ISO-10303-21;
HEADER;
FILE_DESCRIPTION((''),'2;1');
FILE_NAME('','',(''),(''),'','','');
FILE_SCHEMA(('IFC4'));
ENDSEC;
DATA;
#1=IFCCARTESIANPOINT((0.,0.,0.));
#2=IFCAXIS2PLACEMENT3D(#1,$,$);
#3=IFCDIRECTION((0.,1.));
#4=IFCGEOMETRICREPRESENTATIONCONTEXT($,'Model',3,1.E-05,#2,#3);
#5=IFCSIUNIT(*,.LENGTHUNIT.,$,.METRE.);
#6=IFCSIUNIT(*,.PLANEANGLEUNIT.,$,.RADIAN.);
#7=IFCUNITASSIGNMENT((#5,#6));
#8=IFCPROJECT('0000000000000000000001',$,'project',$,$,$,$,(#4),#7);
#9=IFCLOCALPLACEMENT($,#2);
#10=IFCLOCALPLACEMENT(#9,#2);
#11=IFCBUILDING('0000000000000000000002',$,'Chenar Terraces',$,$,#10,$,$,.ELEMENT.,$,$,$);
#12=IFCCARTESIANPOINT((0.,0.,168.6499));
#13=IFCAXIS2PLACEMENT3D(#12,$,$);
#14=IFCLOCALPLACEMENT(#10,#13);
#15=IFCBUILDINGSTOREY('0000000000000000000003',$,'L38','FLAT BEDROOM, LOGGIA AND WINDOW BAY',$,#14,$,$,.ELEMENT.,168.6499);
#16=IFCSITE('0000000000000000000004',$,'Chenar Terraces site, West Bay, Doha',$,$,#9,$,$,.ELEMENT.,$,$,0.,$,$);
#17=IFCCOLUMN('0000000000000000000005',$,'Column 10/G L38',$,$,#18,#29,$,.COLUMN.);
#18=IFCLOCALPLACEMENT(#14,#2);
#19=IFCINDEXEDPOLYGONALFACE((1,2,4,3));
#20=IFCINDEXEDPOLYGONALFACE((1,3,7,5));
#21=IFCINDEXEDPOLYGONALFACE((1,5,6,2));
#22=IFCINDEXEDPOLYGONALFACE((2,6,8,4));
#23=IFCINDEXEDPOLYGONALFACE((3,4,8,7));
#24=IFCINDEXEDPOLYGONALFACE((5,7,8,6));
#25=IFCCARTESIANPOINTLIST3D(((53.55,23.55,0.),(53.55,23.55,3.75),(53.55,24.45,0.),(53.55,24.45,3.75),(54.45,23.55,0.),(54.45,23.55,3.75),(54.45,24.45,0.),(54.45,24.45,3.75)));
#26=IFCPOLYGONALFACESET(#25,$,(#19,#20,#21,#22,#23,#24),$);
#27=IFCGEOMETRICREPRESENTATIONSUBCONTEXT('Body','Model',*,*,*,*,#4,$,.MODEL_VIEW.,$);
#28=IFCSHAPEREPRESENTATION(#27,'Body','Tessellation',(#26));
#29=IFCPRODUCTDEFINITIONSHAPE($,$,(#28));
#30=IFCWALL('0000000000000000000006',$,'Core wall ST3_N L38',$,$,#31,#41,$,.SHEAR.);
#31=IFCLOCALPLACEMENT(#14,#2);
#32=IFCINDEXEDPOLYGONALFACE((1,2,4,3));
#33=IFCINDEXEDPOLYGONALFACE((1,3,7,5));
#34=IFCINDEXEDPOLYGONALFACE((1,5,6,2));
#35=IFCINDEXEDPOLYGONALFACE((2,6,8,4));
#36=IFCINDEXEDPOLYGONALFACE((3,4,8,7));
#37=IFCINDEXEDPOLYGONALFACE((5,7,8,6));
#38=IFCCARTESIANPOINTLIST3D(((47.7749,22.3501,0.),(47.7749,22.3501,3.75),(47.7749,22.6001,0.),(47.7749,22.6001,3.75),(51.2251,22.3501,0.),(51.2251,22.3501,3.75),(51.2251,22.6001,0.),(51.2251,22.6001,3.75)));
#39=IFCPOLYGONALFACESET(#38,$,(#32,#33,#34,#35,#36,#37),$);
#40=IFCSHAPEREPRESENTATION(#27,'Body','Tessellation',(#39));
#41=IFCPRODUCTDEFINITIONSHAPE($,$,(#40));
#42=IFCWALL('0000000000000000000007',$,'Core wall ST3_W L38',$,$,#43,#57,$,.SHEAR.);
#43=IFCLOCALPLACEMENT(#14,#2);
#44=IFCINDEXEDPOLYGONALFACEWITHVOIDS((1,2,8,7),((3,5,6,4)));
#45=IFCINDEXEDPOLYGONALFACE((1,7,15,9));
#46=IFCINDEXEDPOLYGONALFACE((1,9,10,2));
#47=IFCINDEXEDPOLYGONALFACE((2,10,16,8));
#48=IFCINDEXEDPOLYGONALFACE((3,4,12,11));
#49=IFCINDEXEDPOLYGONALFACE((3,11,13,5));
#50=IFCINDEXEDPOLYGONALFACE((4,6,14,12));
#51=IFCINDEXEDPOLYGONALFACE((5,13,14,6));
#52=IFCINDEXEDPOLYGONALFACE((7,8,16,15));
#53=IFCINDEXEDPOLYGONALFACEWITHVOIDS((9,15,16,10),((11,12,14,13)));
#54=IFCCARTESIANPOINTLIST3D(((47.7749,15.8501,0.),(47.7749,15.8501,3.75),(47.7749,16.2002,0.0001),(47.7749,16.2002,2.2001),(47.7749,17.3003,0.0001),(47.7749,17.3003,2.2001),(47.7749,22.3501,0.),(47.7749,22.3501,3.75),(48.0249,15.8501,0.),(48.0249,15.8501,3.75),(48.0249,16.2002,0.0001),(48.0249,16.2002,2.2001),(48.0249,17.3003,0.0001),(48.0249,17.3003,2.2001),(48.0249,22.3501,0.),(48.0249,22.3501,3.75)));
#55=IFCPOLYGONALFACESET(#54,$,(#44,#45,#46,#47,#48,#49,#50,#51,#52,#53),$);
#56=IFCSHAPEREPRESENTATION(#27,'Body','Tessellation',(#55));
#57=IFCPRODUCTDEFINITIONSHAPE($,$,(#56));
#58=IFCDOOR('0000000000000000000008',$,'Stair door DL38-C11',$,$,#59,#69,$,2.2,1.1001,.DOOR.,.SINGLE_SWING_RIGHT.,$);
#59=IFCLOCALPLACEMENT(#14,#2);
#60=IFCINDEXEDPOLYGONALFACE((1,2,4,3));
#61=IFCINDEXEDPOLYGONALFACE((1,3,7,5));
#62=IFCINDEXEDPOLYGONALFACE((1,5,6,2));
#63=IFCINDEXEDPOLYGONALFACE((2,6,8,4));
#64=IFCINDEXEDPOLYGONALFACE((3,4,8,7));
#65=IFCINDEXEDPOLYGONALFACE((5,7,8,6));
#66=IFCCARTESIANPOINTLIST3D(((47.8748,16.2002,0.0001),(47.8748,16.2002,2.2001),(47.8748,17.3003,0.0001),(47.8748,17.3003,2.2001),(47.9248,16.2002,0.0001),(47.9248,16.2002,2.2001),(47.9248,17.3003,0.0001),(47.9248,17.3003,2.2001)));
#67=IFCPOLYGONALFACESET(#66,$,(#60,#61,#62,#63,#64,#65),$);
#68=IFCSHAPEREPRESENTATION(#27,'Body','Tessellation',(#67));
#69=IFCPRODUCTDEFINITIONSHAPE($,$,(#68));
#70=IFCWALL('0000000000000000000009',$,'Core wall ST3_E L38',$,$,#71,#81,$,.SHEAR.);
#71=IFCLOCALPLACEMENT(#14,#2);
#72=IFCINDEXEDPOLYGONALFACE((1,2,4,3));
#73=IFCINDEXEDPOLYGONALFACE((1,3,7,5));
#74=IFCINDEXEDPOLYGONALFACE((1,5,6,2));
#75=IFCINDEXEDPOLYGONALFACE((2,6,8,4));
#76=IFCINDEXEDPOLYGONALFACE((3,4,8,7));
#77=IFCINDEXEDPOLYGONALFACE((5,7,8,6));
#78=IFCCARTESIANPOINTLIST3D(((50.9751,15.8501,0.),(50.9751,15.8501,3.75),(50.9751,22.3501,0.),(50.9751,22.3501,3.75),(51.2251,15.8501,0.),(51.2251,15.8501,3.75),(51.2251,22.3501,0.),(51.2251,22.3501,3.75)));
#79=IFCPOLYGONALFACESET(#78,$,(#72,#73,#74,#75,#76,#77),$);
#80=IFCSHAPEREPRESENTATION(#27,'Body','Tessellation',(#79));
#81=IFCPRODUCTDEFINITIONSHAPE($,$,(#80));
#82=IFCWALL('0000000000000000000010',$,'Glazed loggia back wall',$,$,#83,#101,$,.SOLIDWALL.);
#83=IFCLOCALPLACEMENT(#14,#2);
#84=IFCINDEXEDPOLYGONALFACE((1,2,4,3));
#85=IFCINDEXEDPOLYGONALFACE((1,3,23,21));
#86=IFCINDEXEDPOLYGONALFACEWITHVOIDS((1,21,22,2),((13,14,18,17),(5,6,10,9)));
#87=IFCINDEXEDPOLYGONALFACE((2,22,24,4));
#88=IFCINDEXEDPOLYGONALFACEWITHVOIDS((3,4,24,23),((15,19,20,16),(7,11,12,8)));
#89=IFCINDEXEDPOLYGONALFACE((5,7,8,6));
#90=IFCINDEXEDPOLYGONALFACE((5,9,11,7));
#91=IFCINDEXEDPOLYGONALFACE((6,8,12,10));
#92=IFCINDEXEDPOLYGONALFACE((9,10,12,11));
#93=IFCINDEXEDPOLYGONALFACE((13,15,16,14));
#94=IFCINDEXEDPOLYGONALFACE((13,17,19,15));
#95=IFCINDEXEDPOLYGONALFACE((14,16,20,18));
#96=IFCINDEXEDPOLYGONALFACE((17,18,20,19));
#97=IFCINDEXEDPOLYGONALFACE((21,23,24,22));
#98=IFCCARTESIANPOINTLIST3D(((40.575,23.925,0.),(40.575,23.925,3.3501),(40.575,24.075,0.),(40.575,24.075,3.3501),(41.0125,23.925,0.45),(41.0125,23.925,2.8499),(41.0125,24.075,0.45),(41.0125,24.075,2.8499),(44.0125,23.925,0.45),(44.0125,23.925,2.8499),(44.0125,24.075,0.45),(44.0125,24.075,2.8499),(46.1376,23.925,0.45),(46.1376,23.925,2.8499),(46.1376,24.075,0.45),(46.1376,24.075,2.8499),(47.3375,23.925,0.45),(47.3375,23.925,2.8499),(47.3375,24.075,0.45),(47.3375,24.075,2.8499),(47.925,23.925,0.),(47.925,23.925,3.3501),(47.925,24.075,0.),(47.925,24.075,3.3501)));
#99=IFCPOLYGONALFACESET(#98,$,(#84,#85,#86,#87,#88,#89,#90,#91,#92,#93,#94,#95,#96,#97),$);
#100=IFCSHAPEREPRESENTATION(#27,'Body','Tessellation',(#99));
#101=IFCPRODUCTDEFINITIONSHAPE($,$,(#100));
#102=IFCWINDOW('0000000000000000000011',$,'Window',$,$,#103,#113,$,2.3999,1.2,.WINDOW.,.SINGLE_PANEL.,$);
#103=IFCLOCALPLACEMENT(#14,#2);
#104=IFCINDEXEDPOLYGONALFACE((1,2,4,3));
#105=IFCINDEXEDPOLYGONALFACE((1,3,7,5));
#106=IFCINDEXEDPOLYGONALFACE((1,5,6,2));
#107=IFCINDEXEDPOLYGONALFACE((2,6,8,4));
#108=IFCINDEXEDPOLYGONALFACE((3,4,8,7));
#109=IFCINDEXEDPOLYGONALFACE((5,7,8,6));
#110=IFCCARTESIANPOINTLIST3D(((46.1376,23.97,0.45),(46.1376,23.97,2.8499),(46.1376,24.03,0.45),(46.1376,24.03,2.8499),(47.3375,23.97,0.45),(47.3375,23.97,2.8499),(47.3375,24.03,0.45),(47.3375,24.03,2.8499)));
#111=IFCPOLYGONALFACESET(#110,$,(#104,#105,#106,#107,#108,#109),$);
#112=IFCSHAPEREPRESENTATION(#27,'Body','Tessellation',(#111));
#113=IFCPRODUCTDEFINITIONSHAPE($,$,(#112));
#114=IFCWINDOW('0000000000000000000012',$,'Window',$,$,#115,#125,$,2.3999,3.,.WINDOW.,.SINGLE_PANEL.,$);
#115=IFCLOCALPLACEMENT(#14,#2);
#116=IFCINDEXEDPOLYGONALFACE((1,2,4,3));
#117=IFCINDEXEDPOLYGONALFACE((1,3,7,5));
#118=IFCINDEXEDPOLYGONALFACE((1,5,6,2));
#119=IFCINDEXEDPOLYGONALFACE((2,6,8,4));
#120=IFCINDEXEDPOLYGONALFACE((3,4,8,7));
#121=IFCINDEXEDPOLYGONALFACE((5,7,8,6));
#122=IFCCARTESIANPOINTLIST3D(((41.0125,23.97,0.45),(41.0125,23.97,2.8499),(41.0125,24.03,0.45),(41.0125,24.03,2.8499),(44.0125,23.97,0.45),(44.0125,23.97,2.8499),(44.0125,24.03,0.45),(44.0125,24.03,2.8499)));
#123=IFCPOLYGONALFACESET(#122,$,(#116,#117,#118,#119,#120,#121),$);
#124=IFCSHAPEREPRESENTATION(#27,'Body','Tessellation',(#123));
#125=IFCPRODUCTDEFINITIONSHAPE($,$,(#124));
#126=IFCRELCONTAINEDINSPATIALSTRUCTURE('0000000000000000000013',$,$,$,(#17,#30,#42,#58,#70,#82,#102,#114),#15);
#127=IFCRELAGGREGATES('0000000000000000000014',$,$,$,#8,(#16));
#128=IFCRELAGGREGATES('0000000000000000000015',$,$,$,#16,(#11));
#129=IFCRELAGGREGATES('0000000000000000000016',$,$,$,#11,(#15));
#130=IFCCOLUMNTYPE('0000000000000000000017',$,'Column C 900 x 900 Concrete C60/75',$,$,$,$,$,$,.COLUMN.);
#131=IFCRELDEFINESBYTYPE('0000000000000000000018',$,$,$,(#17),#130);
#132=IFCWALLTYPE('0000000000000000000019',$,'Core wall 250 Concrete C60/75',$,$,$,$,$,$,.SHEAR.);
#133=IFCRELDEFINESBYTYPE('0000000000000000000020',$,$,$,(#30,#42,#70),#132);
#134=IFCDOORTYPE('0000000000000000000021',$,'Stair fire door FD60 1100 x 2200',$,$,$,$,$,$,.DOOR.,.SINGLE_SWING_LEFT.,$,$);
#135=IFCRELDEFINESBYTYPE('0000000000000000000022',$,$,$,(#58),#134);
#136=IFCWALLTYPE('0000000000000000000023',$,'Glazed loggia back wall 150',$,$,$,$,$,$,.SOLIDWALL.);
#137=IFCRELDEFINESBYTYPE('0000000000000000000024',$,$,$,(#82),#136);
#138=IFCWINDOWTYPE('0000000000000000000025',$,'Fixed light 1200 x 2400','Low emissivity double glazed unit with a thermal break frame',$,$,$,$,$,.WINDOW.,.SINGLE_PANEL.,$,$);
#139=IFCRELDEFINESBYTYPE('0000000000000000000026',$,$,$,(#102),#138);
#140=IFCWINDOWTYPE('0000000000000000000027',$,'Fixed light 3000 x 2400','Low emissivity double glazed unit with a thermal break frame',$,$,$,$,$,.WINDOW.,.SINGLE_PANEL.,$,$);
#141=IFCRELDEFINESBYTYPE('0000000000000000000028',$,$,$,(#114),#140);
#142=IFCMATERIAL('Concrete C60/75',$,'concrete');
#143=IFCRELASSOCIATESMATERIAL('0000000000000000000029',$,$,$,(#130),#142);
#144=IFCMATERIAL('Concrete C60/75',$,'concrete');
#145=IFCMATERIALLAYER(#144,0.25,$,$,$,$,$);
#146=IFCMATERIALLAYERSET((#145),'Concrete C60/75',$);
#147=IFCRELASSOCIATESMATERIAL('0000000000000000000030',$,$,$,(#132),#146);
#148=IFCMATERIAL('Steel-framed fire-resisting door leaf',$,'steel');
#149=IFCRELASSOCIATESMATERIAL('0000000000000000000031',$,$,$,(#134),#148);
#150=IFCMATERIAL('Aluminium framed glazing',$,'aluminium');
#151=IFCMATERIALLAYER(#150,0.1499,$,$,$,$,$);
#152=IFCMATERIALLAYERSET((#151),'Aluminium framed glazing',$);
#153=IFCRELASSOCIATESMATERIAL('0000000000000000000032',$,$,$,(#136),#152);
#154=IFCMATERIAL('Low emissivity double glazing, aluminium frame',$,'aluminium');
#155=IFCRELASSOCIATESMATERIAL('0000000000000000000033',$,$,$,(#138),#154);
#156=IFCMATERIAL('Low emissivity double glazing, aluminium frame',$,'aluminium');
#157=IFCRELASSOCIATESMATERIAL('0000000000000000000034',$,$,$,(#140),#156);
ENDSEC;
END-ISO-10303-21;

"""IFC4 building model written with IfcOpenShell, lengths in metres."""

from ifc_helpers import new_model, si_unit, direction, frame, frame_2d, origin, origin_2d, place, context, subcontext, project, spatial, rectangle, extrude, material, layer, layer_set, material_profile, profile_set, type_object, element, fill, save


model = new_model("IFC4")

# Units and contexts
model_context = context("Model", 3, precision=1e-05, world=origin(), true_north=direction((0.0, 1.0)))
body_context = subcontext(model_context, "Body", "Model", "MODEL_VIEW")
ifc_project = project(units=[si_unit("LENGTHUNIT", "METRE"), si_unit("PLANEANGLEUNIT", "RADIAN")], contexts=[model_context])

# Site, building, storey
site_placement = place(None, origin())
site = spatial("IfcSite", under=ifc_project, at=site_placement, Name="Chenar Terraces site, West Bay, Doha", CompositionType="ELEMENT", RefElevation=0.0)
building_placement = place(site_placement, origin())
building = spatial("IfcBuilding", under=site, at=building_placement, Name="Chenar Terraces", CompositionType="ELEMENT")
storey_placement = place(building_placement, frame((0.0, 0.0, 168.6499)))
storey = spatial("IfcBuildingStorey", under=building, at=storey_placement, Name="L38", Description="FLAT BEDROOM, LOGGIA AND WINDOW BAY", CompositionType="ELEMENT", Elevation=168.6499)

# Column
ifc_material_1 = material(Name="Concrete C60/75", Category="concrete")
ifc_material_profile = material_profile(ifc_material_1, rectangle(XDim=0.8999, YDim=0.8999, at=origin_2d()), Name="C 900 x 900")
ifc_profile_set = profile_set([ifc_material_profile], Name="Concrete C60/75")
column_type = type_object("IfcColumnType", Name="Column C 900 x 900 Concrete C60/75", PredefinedType="COLUMN", material=ifc_profile_set)
column_placement = place(storey_placement, frame((54.0, 24.0, 0.0), z_axis=(0.0, 0.0, 1.0), x_axis=(1.0, 0.0, 0.0)))
element("IfcColumn", 1, at=column_placement, inside=storey, type_object=column_type, Name="Column 10/G L38", PredefinedType="COLUMN", context=body_context, shape_type="SweptSolid", body=[
    extrude(rectangle(XDim=0.8999, YDim=0.8999, at=origin_2d()), origin(), (0.0, 0.0, 1.0), 3.75),
])

# Wall
ifc_material_2 = material(Name="Concrete C60/75", Category="concrete")
ifc_layer_1 = layer(ifc_material_2, 0.25)
ifc_layer_set_1 = layer_set([ifc_layer_1], Name="Concrete C60/75")
wall_type_1 = type_object("IfcWallType", Name="Core wall 250 Concrete C60/75", PredefinedType="SHEAR", material=ifc_layer_set_1)
wall_1_placement = place(storey_placement, frame((47.7749, 22.4751, 0.0), z_axis=(0.0, 0.0, 1.0), x_axis=(1.0, 0.0, 0.0)))
element("IfcWall", 2, at=wall_1_placement, inside=storey, type_object=wall_type_1, Name="Core wall ST3_N L38", PredefinedType="SHEAR", context=body_context, shape_type="SweptSolid", body=[
    extrude(rectangle(XDim=3.4502, YDim=0.25, at=frame_2d((1.7251, 0.0))), origin(), (0.0, 0.0, 1.0), 3.75),
])

# Wall, opening, door
wall_2_placement = place(storey_placement, frame((47.8999, 15.8501, 0.0), z_axis=(0.0, 0.0, 1.0), x_axis=(0.0, 1.0, 0.0)))
wall_2 = element("IfcWall", 3, at=wall_2_placement, inside=storey, type_object=wall_type_1, Name="Core wall ST3_W L38", PredefinedType="SHEAR", context=body_context, shape_type="SweptSolid", body=[
    extrude(rectangle(XDim=6.5, YDim=0.25, at=frame_2d((3.25, 0.0))), origin(), (0.0, 0.0, 1.0), 3.75),
])
opening_1_placement = place(wall_2_placement, frame((0.3501, 0.0, 0.0)))
opening_1 = element("IfcOpeningElement", 4, at=opening_1_placement, cuts=wall_2, PredefinedType="OPENING", context=body_context, shape_type="SweptSolid", body=[
    extrude(rectangle(XDim=1.1001, YDim=2.2, at=frame_2d((0.55, 1.1001))), frame((0.0, 0.135, 0.0), z_axis=(0.0, -1.0, 0.0), x_axis=(1.0, 0.0, 0.0)), (0.0, 0.0, 1.0), 0.27),
])
ifc_material_3 = material(Name="Steel-framed fire-resisting door leaf", Category="steel")
door_type_1 = type_object("IfcDoorType", Name="Stair fire door FD60 1100 x 2200", OperationType="SINGLE_SWING_LEFT", PredefinedType="DOOR", material=ifc_material_3)
door_1_placement = place(opening_1_placement, frame((1.1001, 0.0, 0.0), z_axis=(0.0, 0.0, 1.0), x_axis=(-1.0, 0.0, 0.0)))
door_1 = element("IfcDoor", 5, at=door_1_placement, inside=storey, type_object=door_type_1, Name="Stair door DL38-C11", OperationType="SINGLE_SWING_RIGHT", OverallHeight=2.2, OverallWidth=1.1001, PredefinedType="DOOR", context=body_context, shape_type="SweptSolid", body=[
    extrude(rectangle(XDim=1.1001, YDim=2.2, at=frame_2d((0.55, 1.1001))), frame((0.0, 0.0249, 0.0), z_axis=(0.0, -1.0, 0.0), x_axis=(1.0, 0.0, 0.0)), (0.0, 0.0, 1.0), 0.05),
])
fill(opening_1, door_1)

# Wall
wall_3_placement = place(storey_placement, frame((51.1001, 15.8501, 0.0), z_axis=(0.0, 0.0, 1.0), x_axis=(0.0, 1.0, 0.0)))
element("IfcWall", 6, at=wall_3_placement, inside=storey, type_object=wall_type_1, Name="Core wall ST3_E L38", PredefinedType="SHEAR", context=body_context, shape_type="SweptSolid", body=[
    extrude(rectangle(XDim=6.5, YDim=0.25, at=frame_2d((3.25, 0.0))), origin(), (0.0, 0.0, 1.0), 3.75),
])

# Wall, openings, windows
ifc_material_4 = material(Name="Aluminium framed glazing", Category="aluminium")
ifc_layer_2 = layer(ifc_material_4, 0.1499)
ifc_layer_set_2 = layer_set([ifc_layer_2], Name="Aluminium framed glazing")
wall_type_2 = type_object("IfcWallType", Name="Glazed loggia back wall 150", PredefinedType="SOLIDWALL", material=ifc_layer_set_2)
wall_4_placement = place(storey_placement, frame((47.925, 24.0, 0.0), z_axis=(0.0, 0.0, 1.0), x_axis=(-1.0, 0.0, 0.0)))
wall_4 = element("IfcWall", 7, at=wall_4_placement, inside=storey, type_object=wall_type_2, Name="Glazed loggia back wall", PredefinedType="SOLIDWALL", context=body_context, shape_type="SweptSolid", body=[
    extrude(rectangle(XDim=7.3501, YDim=0.1499, at=frame_2d((3.675, 0.0))), origin(), (0.0, 0.0, 1.0), 3.3501),
])
opening_2_placement = place(wall_4_placement, frame((0.5874, 0.0, 0.45)))
opening_2 = element("IfcOpeningElement", 8, at=opening_2_placement, cuts=wall_4, PredefinedType="OPENING", context=body_context, shape_type="SweptSolid", body=[
    extrude(rectangle(XDim=1.2, YDim=2.3999, at=frame_2d((0.6001, 1.2))), frame((0.0, 0.085, 0.0), z_axis=(0.0, -1.0, 0.0), x_axis=(1.0, 0.0, 0.0)), (0.0, 0.0, 1.0), 0.1699),
])
opening_3_placement = place(wall_4_placement, frame((3.9126, 0.0, 0.45)))
opening_3 = element("IfcOpeningElement", 9, at=opening_3_placement, cuts=wall_4, PredefinedType="OPENING", context=body_context, shape_type="SweptSolid", body=[
    extrude(rectangle(XDim=3.0, YDim=2.3999, at=frame_2d((1.5, 1.2))), frame((0.0, 0.085, 0.0), z_axis=(0.0, -1.0, 0.0), x_axis=(1.0, 0.0, 0.0)), (0.0, 0.0, 1.0), 0.1699),
])
ifc_material_5 = material(Name="Low emissivity double glazing, aluminium frame", Category="aluminium")
window_type_1 = type_object("IfcWindowType", Name="Fixed light 1200 x 2400", Description="Low emissivity double glazed unit with a thermal break frame", PartitioningType="SINGLE_PANEL", PredefinedType="WINDOW", material=ifc_material_5)
window_1_placement = place(opening_2_placement, origin())
window_1 = element("IfcWindow", 10, at=window_1_placement, inside=storey, type_object=window_type_1, Name="Window", OverallHeight=2.3999, OverallWidth=1.2, PartitioningType="SINGLE_PANEL", PredefinedType="WINDOW", context=body_context, shape_type="SweptSolid", body=[
    extrude(rectangle(XDim=1.2, YDim=2.3999, at=frame_2d((0.6001, 1.2))), frame((0.0, 0.03, 0.0), z_axis=(0.0, -1.0, 0.0), x_axis=(1.0, 0.0, 0.0)), (0.0, 0.0, 1.0), 0.0601),
])
fill(opening_2, window_1)
ifc_material_6 = material(Name="Low emissivity double glazing, aluminium frame", Category="aluminium")
window_type_2 = type_object("IfcWindowType", Name="Fixed light 3000 x 2400", Description="Low emissivity double glazed unit with a thermal break frame", PartitioningType="SINGLE_PANEL", PredefinedType="WINDOW", material=ifc_material_6)
window_2_placement = place(opening_3_placement, origin())
window_2 = element("IfcWindow", 11, at=window_2_placement, inside=storey, type_object=window_type_2, Name="Window", OverallHeight=2.3999, OverallWidth=3.0, PartitioningType="SINGLE_PANEL", PredefinedType="WINDOW", context=body_context, shape_type="SweptSolid", body=[
    extrude(rectangle(XDim=3.0, YDim=2.3999, at=frame_2d((1.5, 1.2))), frame((0.0, 0.03, 0.0), z_axis=(0.0, -1.0, 0.0), x_axis=(1.0, 0.0, 0.0)), (0.0, 0.0, 1.0), 0.0601),
])
fill(opening_3, window_2)

save(model, "model.ifc")
